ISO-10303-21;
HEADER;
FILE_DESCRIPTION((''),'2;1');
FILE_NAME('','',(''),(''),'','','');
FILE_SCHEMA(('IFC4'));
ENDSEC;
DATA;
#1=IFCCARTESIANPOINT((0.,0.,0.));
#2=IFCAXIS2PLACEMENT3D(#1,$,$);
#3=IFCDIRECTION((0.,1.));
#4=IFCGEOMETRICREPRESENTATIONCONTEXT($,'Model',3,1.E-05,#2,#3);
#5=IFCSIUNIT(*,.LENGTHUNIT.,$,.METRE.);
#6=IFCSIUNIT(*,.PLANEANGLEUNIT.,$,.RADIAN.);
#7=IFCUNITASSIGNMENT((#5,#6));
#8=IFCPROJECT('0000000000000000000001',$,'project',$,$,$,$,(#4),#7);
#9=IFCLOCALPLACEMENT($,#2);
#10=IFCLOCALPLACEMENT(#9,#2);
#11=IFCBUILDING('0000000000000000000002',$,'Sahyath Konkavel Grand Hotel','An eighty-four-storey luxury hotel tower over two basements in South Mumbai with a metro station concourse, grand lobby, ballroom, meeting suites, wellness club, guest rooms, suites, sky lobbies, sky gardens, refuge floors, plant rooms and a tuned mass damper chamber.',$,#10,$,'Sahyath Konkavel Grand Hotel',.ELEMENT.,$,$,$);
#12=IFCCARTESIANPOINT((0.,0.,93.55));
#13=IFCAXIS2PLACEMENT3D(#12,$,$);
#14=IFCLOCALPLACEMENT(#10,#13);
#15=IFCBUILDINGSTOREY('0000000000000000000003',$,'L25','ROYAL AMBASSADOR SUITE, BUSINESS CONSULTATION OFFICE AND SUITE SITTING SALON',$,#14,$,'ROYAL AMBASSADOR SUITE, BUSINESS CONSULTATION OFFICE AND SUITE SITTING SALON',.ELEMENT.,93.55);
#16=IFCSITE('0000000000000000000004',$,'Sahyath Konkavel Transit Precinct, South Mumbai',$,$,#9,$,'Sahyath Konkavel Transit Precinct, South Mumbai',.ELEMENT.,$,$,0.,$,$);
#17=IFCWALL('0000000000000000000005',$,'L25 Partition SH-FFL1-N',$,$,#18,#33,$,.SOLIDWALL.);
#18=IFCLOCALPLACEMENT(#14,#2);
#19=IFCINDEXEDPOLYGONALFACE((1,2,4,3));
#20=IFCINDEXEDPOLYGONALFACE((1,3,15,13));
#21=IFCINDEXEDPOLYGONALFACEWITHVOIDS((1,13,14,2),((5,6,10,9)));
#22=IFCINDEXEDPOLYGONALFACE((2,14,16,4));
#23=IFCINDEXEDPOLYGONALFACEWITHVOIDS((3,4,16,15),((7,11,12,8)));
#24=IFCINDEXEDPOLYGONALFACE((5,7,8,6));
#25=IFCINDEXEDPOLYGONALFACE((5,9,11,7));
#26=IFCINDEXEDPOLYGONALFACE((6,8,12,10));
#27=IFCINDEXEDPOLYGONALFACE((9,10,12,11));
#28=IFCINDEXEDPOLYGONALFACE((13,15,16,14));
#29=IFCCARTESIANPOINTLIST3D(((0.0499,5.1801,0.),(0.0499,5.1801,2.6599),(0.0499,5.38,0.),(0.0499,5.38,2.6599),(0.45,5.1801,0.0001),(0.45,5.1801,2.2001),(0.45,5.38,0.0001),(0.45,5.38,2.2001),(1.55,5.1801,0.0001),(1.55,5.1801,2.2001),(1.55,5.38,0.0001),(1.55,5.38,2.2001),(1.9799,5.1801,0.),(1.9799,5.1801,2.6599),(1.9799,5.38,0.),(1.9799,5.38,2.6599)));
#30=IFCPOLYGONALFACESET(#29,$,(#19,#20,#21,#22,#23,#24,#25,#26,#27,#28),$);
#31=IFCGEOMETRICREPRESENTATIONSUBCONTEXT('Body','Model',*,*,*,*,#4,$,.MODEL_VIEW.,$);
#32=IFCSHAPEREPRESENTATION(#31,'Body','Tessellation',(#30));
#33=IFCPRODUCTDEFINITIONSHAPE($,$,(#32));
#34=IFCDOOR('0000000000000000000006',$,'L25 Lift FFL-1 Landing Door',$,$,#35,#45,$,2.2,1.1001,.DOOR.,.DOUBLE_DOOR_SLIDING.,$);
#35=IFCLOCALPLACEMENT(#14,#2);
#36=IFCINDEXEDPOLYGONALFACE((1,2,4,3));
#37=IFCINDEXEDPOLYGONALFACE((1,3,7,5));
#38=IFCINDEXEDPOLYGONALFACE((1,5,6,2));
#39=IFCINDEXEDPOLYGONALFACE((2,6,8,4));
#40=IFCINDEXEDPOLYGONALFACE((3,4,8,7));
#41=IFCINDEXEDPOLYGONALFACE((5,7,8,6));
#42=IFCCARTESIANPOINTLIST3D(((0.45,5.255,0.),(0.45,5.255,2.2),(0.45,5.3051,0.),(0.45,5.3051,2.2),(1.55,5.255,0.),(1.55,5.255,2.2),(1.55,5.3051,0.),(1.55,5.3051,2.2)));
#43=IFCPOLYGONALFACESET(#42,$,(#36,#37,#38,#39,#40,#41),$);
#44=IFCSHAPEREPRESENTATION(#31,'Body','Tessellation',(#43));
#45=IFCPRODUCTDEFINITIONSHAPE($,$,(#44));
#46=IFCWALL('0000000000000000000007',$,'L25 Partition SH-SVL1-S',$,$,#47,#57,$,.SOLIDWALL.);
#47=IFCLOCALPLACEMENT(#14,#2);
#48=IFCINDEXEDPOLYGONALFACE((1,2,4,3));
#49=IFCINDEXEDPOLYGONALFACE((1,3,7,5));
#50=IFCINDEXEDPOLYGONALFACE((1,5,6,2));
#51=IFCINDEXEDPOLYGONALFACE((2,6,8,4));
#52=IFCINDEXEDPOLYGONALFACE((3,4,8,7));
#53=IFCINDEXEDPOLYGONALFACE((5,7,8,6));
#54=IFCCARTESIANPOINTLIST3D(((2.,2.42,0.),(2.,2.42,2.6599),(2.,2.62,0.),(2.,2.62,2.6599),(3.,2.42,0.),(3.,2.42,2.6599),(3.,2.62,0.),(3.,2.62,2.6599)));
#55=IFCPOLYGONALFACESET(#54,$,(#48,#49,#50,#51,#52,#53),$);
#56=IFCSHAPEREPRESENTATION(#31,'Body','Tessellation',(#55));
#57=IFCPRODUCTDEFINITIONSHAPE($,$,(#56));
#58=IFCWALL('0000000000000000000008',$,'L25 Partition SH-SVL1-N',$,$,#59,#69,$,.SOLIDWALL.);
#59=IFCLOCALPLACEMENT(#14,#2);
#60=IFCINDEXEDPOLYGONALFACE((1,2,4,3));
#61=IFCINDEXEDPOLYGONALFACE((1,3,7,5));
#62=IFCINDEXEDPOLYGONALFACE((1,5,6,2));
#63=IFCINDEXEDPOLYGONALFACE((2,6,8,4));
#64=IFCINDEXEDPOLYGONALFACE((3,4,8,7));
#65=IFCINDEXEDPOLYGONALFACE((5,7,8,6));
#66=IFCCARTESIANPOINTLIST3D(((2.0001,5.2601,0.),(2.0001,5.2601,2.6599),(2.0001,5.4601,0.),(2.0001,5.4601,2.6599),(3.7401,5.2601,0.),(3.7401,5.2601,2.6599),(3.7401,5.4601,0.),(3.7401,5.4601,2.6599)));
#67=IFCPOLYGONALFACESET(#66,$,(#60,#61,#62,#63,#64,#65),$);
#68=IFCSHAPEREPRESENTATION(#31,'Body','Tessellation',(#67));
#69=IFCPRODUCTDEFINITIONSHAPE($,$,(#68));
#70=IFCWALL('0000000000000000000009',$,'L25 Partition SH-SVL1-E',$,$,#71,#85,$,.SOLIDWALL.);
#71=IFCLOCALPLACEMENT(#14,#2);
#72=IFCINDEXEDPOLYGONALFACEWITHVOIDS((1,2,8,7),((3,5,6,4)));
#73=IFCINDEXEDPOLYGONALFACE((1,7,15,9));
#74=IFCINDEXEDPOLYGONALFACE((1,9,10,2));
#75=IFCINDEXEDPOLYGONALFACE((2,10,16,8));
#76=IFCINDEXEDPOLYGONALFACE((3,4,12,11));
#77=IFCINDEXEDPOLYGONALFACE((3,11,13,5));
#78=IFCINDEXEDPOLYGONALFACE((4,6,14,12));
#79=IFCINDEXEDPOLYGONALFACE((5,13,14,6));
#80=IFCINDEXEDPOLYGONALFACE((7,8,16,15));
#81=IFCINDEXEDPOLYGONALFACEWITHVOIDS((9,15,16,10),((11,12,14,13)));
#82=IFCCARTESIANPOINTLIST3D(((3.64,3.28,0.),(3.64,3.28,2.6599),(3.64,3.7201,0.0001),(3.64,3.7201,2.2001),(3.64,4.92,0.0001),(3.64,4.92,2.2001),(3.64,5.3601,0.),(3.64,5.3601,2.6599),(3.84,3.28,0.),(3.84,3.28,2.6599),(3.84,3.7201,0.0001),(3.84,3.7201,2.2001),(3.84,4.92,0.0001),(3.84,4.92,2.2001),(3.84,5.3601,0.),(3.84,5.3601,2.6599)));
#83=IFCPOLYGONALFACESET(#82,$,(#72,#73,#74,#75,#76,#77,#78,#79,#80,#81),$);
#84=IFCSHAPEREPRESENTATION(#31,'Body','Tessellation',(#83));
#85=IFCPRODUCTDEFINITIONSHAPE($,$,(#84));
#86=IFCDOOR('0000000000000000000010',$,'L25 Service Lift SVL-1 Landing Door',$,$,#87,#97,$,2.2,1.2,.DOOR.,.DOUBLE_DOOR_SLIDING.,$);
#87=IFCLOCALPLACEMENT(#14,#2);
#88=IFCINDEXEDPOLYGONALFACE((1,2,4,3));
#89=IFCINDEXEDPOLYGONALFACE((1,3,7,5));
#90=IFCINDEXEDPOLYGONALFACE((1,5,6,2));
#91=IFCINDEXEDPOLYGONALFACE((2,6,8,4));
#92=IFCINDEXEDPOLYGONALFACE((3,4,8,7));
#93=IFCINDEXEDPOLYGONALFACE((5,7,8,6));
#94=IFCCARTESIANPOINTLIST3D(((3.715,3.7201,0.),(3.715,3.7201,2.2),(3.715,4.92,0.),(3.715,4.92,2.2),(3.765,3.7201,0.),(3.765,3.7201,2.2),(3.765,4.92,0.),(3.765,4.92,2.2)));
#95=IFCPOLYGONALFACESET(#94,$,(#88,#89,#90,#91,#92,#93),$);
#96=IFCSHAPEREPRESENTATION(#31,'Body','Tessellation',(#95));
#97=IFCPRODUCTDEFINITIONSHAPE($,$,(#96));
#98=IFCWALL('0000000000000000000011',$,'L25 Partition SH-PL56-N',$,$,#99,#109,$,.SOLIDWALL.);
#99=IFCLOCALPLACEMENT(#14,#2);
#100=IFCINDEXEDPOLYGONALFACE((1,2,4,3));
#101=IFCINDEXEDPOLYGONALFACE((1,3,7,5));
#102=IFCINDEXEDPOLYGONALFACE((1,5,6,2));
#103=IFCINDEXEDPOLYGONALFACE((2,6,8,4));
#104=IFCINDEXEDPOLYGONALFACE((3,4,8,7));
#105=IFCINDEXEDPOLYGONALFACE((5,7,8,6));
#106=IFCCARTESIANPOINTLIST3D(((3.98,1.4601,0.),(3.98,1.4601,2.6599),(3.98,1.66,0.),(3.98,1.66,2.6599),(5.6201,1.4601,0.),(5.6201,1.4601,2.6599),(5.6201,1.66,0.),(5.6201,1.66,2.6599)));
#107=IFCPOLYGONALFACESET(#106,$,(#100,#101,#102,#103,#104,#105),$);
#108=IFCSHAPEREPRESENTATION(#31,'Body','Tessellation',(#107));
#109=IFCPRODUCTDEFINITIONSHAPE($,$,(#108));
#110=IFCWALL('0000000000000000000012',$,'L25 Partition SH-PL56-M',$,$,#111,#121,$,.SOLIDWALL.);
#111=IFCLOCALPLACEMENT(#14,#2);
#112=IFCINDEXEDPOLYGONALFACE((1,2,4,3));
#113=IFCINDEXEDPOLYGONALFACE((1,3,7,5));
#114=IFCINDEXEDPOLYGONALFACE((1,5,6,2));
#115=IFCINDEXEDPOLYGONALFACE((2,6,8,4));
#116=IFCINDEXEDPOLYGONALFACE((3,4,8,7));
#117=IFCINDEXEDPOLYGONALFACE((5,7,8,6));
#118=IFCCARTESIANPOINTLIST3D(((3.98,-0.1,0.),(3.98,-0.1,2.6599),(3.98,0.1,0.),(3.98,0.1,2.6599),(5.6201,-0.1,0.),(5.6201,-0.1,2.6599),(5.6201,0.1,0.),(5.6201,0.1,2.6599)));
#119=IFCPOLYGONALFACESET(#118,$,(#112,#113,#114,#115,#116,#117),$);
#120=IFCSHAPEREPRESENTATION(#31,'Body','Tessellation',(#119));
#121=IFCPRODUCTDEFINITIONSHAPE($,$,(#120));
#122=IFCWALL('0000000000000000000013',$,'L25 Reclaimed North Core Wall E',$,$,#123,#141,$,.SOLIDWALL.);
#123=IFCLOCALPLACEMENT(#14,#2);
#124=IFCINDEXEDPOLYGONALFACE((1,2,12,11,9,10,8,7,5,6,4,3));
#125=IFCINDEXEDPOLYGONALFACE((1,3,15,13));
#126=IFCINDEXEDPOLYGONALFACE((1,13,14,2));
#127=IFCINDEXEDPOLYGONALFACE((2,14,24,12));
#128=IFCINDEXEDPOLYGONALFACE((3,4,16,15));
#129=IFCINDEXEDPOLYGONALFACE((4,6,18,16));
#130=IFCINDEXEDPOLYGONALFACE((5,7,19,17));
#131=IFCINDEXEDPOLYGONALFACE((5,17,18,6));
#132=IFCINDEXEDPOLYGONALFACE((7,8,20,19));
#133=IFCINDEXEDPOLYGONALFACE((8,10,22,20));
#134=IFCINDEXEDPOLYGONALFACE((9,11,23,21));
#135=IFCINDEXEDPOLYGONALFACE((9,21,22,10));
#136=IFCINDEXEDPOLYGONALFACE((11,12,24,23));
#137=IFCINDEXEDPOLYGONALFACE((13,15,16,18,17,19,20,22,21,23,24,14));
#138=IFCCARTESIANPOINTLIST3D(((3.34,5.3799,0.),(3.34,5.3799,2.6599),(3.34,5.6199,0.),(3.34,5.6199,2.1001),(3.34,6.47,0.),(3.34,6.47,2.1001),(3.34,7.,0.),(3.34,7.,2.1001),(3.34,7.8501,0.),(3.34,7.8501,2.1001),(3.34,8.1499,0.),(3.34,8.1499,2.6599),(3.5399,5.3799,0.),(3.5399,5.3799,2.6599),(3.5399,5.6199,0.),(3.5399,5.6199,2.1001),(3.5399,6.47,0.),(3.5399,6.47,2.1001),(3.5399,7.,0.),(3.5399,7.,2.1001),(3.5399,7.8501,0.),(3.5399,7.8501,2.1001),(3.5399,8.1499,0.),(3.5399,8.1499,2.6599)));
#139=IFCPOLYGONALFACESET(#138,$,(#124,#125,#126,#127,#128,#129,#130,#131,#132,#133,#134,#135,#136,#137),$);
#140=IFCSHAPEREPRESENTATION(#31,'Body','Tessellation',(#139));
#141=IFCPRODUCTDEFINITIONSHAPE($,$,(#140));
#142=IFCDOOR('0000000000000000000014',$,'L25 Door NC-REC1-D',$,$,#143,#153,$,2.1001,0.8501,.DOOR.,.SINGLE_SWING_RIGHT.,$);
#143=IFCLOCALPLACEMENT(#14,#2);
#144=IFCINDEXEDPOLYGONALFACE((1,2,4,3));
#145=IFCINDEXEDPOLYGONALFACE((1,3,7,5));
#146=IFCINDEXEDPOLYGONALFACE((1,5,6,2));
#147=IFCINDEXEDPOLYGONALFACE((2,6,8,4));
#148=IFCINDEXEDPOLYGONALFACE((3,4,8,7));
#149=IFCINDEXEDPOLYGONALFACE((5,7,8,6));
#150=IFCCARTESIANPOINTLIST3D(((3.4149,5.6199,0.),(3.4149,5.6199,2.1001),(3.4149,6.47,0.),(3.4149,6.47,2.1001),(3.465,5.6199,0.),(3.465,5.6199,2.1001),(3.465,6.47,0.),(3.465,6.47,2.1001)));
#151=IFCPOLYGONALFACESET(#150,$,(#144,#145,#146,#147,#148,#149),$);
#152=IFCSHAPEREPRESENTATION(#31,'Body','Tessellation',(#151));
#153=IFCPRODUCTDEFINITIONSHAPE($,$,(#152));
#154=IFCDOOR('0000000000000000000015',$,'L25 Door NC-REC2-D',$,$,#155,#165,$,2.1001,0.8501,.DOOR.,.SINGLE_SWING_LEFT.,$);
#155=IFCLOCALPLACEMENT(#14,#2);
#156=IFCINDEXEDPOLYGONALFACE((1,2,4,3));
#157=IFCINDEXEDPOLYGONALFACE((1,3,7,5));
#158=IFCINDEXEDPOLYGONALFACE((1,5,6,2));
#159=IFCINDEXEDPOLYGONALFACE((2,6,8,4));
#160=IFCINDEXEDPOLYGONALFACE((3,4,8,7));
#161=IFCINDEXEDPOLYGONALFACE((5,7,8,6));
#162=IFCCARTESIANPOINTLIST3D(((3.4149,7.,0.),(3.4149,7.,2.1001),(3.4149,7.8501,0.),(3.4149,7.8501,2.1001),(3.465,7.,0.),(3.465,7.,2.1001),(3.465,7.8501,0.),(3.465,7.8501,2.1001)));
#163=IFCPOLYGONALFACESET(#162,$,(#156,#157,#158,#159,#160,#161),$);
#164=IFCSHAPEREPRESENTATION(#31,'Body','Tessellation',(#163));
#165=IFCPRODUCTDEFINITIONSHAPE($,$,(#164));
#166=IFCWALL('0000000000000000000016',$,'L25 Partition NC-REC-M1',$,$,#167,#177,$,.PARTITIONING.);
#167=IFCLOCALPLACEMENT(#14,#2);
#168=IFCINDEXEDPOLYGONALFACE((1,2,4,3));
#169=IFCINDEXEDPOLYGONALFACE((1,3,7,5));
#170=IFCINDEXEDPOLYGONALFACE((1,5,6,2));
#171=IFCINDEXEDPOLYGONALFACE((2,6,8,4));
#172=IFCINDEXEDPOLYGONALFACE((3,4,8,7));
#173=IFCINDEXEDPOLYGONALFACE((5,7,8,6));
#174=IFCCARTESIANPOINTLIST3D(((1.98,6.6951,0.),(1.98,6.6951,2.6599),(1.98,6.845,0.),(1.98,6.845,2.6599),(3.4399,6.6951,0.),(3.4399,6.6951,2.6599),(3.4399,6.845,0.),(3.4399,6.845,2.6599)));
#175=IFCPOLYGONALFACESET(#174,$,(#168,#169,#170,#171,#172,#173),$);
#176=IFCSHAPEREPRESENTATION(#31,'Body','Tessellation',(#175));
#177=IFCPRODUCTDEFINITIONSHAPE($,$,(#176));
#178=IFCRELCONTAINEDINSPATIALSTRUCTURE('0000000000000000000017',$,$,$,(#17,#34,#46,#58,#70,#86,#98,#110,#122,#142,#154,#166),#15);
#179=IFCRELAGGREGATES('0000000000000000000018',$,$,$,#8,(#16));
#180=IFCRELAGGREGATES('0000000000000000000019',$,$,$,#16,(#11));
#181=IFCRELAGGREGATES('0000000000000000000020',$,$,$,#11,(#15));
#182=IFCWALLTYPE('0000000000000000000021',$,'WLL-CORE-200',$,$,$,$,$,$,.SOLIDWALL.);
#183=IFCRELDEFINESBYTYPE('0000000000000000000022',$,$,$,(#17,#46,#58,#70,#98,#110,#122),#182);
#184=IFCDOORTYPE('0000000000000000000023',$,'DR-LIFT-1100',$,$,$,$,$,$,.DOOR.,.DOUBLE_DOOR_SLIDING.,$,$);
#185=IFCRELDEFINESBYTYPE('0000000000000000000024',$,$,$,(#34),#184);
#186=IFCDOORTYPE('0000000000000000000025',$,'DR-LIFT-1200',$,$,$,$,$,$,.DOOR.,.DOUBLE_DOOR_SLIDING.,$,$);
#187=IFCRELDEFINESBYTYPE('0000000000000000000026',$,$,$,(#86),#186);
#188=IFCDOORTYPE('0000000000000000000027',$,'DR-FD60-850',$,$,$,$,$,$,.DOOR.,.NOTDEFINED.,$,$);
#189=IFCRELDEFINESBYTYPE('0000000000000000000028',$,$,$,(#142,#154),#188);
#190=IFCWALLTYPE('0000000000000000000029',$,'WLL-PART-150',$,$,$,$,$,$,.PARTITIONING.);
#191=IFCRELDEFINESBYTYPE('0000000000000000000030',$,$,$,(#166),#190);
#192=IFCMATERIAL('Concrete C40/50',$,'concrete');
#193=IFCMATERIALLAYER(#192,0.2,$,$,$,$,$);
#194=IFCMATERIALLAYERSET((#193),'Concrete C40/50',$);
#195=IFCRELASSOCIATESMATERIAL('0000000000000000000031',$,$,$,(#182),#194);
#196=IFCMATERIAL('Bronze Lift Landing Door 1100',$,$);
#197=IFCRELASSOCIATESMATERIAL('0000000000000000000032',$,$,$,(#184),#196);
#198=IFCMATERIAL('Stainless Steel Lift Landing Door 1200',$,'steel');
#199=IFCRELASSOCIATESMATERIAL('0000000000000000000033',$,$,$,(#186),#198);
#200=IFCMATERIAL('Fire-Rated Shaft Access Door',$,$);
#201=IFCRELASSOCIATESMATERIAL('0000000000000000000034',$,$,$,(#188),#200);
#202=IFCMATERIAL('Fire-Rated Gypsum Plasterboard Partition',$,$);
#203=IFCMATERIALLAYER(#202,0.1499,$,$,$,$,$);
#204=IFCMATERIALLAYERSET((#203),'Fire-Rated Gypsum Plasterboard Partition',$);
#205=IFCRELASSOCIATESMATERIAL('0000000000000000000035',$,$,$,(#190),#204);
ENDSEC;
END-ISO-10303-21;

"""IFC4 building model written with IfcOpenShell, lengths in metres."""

from ifc_helpers import new_model, si_unit, direction, frame, frame_2d, origin, origin_2d, place, context, subcontext, project, spatial, rectangle, extrude, source, transform, mapped, material, layer, layer_set, type_object, element, fill, save


model = new_model("IFC4")

# Units and contexts
model_context = context("Model", 3, precision=1e-05, world=origin(), true_north=direction((0.0, 1.0)))
body_context = subcontext(model_context, "Body", "Model", "MODEL_VIEW")
ifc_project = project(units=[si_unit("LENGTHUNIT", "METRE"), si_unit("PLANEANGLEUNIT", "RADIAN")], contexts=[model_context])

# Site, building, storey
site_placement = place(None, origin())
site = spatial("IfcSite", under=ifc_project, at=site_placement, Name="Sahyath Konkavel Transit Precinct, South Mumbai", LongName="Sahyath Konkavel Transit Precinct, South Mumbai", CompositionType="ELEMENT", RefElevation=0.0)
building_placement = place(site_placement, origin())
building = spatial("IfcBuilding", under=site, at=building_placement, Name="Sahyath Konkavel Grand Hotel", Description="An eighty-four-storey luxury hotel tower over two basements in South Mumbai with a metro station concourse, grand lobby, ballroom, meeting suites, wellness club, guest rooms, suites, sky lobbies, sky gardens, refuge floors, plant rooms and a tuned mass damper chamber.", LongName="Sahyath Konkavel Grand Hotel", CompositionType="ELEMENT")
storey_placement = place(building_placement, frame((0.0, 0.0, 93.55)))
storey = spatial("IfcBuildingStorey", under=building, at=storey_placement, Name="L25", Description="ROYAL AMBASSADOR SUITE, BUSINESS CONSULTATION OFFICE AND SUITE SITTING SALON", LongName="ROYAL AMBASSADOR SUITE, BUSINESS CONSULTATION OFFICE AND SUITE SITTING SALON", CompositionType="ELEMENT", Elevation=93.55)

# Shared definitions
ifc_material_1 = material(Name="Concrete C40/50", Category="concrete")

# Shared definitions
ifc_layer_1 = layer(ifc_material_1, 0.2)
ifc_layer_set_1 = layer_set([ifc_layer_1], Name="Concrete C40/50")
wall_type_1 = type_object("IfcWallType", Name="WLL-CORE-200", PredefinedType="SOLIDWALL", material=ifc_layer_set_1)
shared_shape_1 = source(origin(), body_context, "Body", "SweptSolid", [
    extrude(rectangle(XDim=0.8501, YDim=0.05, at=origin_2d()), origin(), (0.0, 0.0, 1.0), 2.1001),
])

# Wall, opening, door
wall_1_placement = place(storey_placement, frame((0.05, 5.28, 0.0), z_axis=(0.0, 0.0, 1.0), x_axis=(1.0, 0.0, 0.0)))
wall_1 = element("IfcWall", 1, at=wall_1_placement, inside=storey, type_object=wall_type_1, Name="L25 Partition SH-FFL1-N", PredefinedType="SOLIDWALL", context=body_context, shape_type="SweptSolid", body=[
    extrude(rectangle(XDim=1.9299, YDim=0.2, at=frame_2d((0.9648, 0.0))), origin(), (0.0, 0.0, 1.0), 2.6599),
])
opening_1_placement = place(wall_1_placement, frame((0.3999, 0.0, 0.0)))
opening_1 = element("IfcOpeningElement", 2, at=opening_1_placement, cuts=wall_1, PredefinedType="OPENING", context=body_context, shape_type="SweptSolid", body=[
    extrude(rectangle(XDim=1.1001, YDim=2.2, at=frame_2d((0.55, 1.1001))), frame((0.0, 0.1099, 0.0), z_axis=(0.0, -1.0, 0.0), x_axis=(1.0, 0.0, 0.0)), (0.0, 0.0, 1.0), 0.22),
])
ifc_material_2 = material(Name="Bronze Lift Landing Door 1100")
door_type_1 = type_object("IfcDoorType", Name="DR-LIFT-1100", OperationType="DOUBLE_DOOR_SLIDING", PredefinedType="DOOR", material=ifc_material_2)
shared_shape_2 = source(origin(), body_context, "Body", "SweptSolid", [
    extrude(rectangle(XDim=1.1001, YDim=0.05, at=origin_2d()), origin(), (0.0, 0.0, 1.0), 2.2),
])
door_1_placement = place(opening_1_placement, frame((0.55, 0.0, 0.0)))
door_1 = element("IfcDoor", 3, at=door_1_placement, inside=storey, type_object=door_type_1, Name="L25 Lift FFL-1 Landing Door", OperationType="DOUBLE_DOOR_SLIDING", OverallHeight=2.2, OverallWidth=1.1001, PredefinedType="DOOR", context=body_context, shape_type="MappedRepresentation", body=[
    mapped(shared_shape_2, transform((0.0, 0.0, 0.0), scale=1.0)),
])
fill(opening_1, door_1)

# Walls
wall_2_placement = place(storey_placement, frame((2.0, 2.52, 0.0), z_axis=(0.0, 0.0, 1.0), x_axis=(1.0, 0.0, 0.0)))
element("IfcWall", 4, at=wall_2_placement, inside=storey, type_object=wall_type_1, Name="L25 Partition SH-SVL1-S", PredefinedType="SOLIDWALL", context=body_context, shape_type="SweptSolid", body=[
    extrude(rectangle(XDim=1.0, YDim=0.2, at=frame_2d((0.5, 0.0))), origin(), (0.0, 0.0, 1.0), 2.6599),
])
wall_3_placement = place(storey_placement, frame((2.0, 5.3601, 0.0), z_axis=(0.0, 0.0, 1.0), x_axis=(1.0, 0.0, 0.0)))
element("IfcWall", 5, at=wall_3_placement, inside=storey, type_object=wall_type_1, Name="L25 Partition SH-SVL1-N", PredefinedType="SOLIDWALL", context=body_context, shape_type="SweptSolid", body=[
    extrude(rectangle(XDim=1.74, YDim=0.2, at=frame_2d((0.8701, 0.0))), origin(), (0.0, 0.0, 1.0), 2.6599),
])

# Wall, opening, door
wall_4_placement = place(storey_placement, frame((3.74, 3.28, 0.0), z_axis=(0.0, 0.0, 1.0), x_axis=(0.0, 1.0, 0.0)))
wall_4 = element("IfcWall", 6, at=wall_4_placement, inside=storey, type_object=wall_type_1, Name="L25 Partition SH-SVL1-E", PredefinedType="SOLIDWALL", context=body_context, shape_type="SweptSolid", body=[
    extrude(rectangle(XDim=2.0801, YDim=0.2, at=frame_2d((1.04, 0.0))), origin(), (0.0, 0.0, 1.0), 2.6599),
])
opening_2_placement = place(wall_4_placement, frame((0.4399, 0.0, 0.0)))
opening_2 = element("IfcOpeningElement", 7, at=opening_2_placement, cuts=wall_4, PredefinedType="OPENING", context=body_context, shape_type="SweptSolid", body=[
    extrude(rectangle(XDim=1.2, YDim=2.2, at=frame_2d((0.6001, 1.1001))), frame((0.0, 0.1099, 0.0), z_axis=(0.0, -1.0, 0.0), x_axis=(1.0, 0.0, 0.0)), (0.0, 0.0, 1.0), 0.22),
])
ifc_material_3 = material(Name="Stainless Steel Lift Landing Door 1200", Category="steel")
door_type_2 = type_object("IfcDoorType", Name="DR-LIFT-1200", OperationType="DOUBLE_DOOR_SLIDING", PredefinedType="DOOR", material=ifc_material_3)
shared_shape_3 = source(origin(), body_context, "Body", "SweptSolid", [
    extrude(rectangle(XDim=1.2, YDim=0.05, at=origin_2d()), origin(), (0.0, 0.0, 1.0), 2.2),
])
door_2_placement = place(opening_2_placement, frame((0.6001, 0.0, 0.0)))
door_2 = element("IfcDoor", 8, at=door_2_placement, inside=storey, type_object=door_type_2, Name="L25 Service Lift SVL-1 Landing Door", OperationType="DOUBLE_DOOR_SLIDING", OverallHeight=2.2, OverallWidth=1.2, PredefinedType="DOOR", context=body_context, shape_type="MappedRepresentation", body=[
    mapped(shared_shape_3, transform((0.0, 0.0, 0.0), scale=1.0)),
])
fill(opening_2, door_2)

# Walls
for number, where, z_axis, x_axis, name in (
    (9, (3.98, 1.5601, 0.0), (0.0, 0.0, 1.0), (1.0, 0.0, 0.0), "L25 Partition SH-PL56-N"),
    (10, (3.98, 0.0, 0.0), (0.0, 0.0, 1.0), (1.0, 0.0, 0.0), "L25 Partition SH-PL56-M"),
):
    element("IfcWall", number, at=place(storey_placement, frame(where, z_axis=z_axis, x_axis=x_axis)), inside=storey, type_object=wall_type_1, Name=name, PredefinedType="SOLIDWALL", context=body_context, shape_type="SweptSolid", body=[
        extrude(rectangle(XDim=1.6401, YDim=0.2, at=frame_2d((0.8201, 0.0))), origin(), (0.0, 0.0, 1.0), 2.6599),
    ])

# Wall, openings, doors
wall_5_placement = place(storey_placement, frame((3.4399, 5.3799, 0.0), z_axis=(0.0, 0.0, 1.0), x_axis=(0.0, 1.0, 0.0)))
wall_5 = element("IfcWall", 11, at=wall_5_placement, inside=storey, type_object=wall_type_1, Name="L25 Reclaimed North Core Wall E", PredefinedType="SOLIDWALL", context=body_context, shape_type="SweptSolid", body=[
    extrude(rectangle(XDim=2.77, YDim=0.2, at=frame_2d((1.385, 0.0))), origin(), (0.0, 0.0, 1.0), 2.6599),
])
opening_3_placement = place(wall_5_placement, frame((0.24, 0.0, 0.0)))
opening_3 = element("IfcOpeningElement", 12, at=opening_3_placement, cuts=wall_5, PredefinedType="OPENING", context=body_context, shape_type="SweptSolid", body=[
    extrude(rectangle(XDim=0.8501, YDim=2.1001, at=frame_2d((0.425, 1.05))), frame((0.0, 0.1099, 0.0), z_axis=(0.0, -1.0, 0.0), x_axis=(1.0, 0.0, 0.0)), (0.0, 0.0, 1.0), 0.22),
])
opening_4_placement = place(wall_5_placement, frame((1.6201, 0.0, 0.0)))
opening_4 = element("IfcOpeningElement", 13, at=opening_4_placement, cuts=wall_5, PredefinedType="OPENING", context=body_context, shape_type="SweptSolid", body=[
    extrude(rectangle(XDim=0.8501, YDim=2.1001, at=frame_2d((0.425, 1.05))), frame((0.0, 0.1099, 0.0), z_axis=(0.0, -1.0, 0.0), x_axis=(1.0, 0.0, 0.0)), (0.0, 0.0, 1.0), 0.22),
])
ifc_material_4 = material(Name="Fire-Rated Shaft Access Door")
door_type_3 = type_object("IfcDoorType", Name="DR-FD60-850", OperationType="NOTDEFINED", PredefinedType="DOOR", material=ifc_material_4)
door_3_placement = place(opening_3_placement, frame((0.425, 0.0, 0.0)))
door_3 = element("IfcDoor", 14, at=door_3_placement, inside=storey, type_object=door_type_3, Name="L25 Door NC-REC1-D", OperationType="SINGLE_SWING_RIGHT", OverallHeight=2.1001, OverallWidth=0.8501, PredefinedType="DOOR", context=body_context, shape_type="MappedRepresentation", body=[
    mapped(shared_shape_1, transform((0.0, 0.0, 0.0), scale=1.0)),
])
fill(opening_3, door_3)
door_4_placement = place(opening_4_placement, frame((0.425, 0.0, 0.0)))
door_4 = element("IfcDoor", 15, at=door_4_placement, inside=storey, type_object=door_type_3, Name="L25 Door NC-REC2-D", OperationType="SINGLE_SWING_LEFT", OverallHeight=2.1001, OverallWidth=0.8501, PredefinedType="DOOR", context=body_context, shape_type="MappedRepresentation", body=[
    mapped(shared_shape_1, transform((0.0, 0.0, 0.0), scale=1.0)),
])
fill(opening_4, door_4)

# Wall
ifc_material_5 = material(Name="Fire-Rated Gypsum Plasterboard Partition")
ifc_layer_2 = layer(ifc_material_5, 0.1499)
ifc_layer_set_2 = layer_set([ifc_layer_2], Name="Fire-Rated Gypsum Plasterboard Partition")
wall_type_2 = type_object("IfcWallType", Name="WLL-PART-150", PredefinedType="PARTITIONING", material=ifc_layer_set_2)
wall_6_placement = place(storey_placement, frame((1.98, 6.77, 0.0), z_axis=(0.0, 0.0, 1.0), x_axis=(1.0, 0.0, 0.0)))
element("IfcWall", 16, at=wall_6_placement, inside=storey, type_object=wall_type_2, Name="L25 Partition NC-REC-M1", PredefinedType="PARTITIONING", context=body_context, shape_type="SweptSolid", body=[
    extrude(rectangle(XDim=1.46, YDim=0.1499, at=frame_2d((0.73, 0.0))), origin(), (0.0, 0.0, 1.0), 2.6599),
])

save(model, "model.ifc")
